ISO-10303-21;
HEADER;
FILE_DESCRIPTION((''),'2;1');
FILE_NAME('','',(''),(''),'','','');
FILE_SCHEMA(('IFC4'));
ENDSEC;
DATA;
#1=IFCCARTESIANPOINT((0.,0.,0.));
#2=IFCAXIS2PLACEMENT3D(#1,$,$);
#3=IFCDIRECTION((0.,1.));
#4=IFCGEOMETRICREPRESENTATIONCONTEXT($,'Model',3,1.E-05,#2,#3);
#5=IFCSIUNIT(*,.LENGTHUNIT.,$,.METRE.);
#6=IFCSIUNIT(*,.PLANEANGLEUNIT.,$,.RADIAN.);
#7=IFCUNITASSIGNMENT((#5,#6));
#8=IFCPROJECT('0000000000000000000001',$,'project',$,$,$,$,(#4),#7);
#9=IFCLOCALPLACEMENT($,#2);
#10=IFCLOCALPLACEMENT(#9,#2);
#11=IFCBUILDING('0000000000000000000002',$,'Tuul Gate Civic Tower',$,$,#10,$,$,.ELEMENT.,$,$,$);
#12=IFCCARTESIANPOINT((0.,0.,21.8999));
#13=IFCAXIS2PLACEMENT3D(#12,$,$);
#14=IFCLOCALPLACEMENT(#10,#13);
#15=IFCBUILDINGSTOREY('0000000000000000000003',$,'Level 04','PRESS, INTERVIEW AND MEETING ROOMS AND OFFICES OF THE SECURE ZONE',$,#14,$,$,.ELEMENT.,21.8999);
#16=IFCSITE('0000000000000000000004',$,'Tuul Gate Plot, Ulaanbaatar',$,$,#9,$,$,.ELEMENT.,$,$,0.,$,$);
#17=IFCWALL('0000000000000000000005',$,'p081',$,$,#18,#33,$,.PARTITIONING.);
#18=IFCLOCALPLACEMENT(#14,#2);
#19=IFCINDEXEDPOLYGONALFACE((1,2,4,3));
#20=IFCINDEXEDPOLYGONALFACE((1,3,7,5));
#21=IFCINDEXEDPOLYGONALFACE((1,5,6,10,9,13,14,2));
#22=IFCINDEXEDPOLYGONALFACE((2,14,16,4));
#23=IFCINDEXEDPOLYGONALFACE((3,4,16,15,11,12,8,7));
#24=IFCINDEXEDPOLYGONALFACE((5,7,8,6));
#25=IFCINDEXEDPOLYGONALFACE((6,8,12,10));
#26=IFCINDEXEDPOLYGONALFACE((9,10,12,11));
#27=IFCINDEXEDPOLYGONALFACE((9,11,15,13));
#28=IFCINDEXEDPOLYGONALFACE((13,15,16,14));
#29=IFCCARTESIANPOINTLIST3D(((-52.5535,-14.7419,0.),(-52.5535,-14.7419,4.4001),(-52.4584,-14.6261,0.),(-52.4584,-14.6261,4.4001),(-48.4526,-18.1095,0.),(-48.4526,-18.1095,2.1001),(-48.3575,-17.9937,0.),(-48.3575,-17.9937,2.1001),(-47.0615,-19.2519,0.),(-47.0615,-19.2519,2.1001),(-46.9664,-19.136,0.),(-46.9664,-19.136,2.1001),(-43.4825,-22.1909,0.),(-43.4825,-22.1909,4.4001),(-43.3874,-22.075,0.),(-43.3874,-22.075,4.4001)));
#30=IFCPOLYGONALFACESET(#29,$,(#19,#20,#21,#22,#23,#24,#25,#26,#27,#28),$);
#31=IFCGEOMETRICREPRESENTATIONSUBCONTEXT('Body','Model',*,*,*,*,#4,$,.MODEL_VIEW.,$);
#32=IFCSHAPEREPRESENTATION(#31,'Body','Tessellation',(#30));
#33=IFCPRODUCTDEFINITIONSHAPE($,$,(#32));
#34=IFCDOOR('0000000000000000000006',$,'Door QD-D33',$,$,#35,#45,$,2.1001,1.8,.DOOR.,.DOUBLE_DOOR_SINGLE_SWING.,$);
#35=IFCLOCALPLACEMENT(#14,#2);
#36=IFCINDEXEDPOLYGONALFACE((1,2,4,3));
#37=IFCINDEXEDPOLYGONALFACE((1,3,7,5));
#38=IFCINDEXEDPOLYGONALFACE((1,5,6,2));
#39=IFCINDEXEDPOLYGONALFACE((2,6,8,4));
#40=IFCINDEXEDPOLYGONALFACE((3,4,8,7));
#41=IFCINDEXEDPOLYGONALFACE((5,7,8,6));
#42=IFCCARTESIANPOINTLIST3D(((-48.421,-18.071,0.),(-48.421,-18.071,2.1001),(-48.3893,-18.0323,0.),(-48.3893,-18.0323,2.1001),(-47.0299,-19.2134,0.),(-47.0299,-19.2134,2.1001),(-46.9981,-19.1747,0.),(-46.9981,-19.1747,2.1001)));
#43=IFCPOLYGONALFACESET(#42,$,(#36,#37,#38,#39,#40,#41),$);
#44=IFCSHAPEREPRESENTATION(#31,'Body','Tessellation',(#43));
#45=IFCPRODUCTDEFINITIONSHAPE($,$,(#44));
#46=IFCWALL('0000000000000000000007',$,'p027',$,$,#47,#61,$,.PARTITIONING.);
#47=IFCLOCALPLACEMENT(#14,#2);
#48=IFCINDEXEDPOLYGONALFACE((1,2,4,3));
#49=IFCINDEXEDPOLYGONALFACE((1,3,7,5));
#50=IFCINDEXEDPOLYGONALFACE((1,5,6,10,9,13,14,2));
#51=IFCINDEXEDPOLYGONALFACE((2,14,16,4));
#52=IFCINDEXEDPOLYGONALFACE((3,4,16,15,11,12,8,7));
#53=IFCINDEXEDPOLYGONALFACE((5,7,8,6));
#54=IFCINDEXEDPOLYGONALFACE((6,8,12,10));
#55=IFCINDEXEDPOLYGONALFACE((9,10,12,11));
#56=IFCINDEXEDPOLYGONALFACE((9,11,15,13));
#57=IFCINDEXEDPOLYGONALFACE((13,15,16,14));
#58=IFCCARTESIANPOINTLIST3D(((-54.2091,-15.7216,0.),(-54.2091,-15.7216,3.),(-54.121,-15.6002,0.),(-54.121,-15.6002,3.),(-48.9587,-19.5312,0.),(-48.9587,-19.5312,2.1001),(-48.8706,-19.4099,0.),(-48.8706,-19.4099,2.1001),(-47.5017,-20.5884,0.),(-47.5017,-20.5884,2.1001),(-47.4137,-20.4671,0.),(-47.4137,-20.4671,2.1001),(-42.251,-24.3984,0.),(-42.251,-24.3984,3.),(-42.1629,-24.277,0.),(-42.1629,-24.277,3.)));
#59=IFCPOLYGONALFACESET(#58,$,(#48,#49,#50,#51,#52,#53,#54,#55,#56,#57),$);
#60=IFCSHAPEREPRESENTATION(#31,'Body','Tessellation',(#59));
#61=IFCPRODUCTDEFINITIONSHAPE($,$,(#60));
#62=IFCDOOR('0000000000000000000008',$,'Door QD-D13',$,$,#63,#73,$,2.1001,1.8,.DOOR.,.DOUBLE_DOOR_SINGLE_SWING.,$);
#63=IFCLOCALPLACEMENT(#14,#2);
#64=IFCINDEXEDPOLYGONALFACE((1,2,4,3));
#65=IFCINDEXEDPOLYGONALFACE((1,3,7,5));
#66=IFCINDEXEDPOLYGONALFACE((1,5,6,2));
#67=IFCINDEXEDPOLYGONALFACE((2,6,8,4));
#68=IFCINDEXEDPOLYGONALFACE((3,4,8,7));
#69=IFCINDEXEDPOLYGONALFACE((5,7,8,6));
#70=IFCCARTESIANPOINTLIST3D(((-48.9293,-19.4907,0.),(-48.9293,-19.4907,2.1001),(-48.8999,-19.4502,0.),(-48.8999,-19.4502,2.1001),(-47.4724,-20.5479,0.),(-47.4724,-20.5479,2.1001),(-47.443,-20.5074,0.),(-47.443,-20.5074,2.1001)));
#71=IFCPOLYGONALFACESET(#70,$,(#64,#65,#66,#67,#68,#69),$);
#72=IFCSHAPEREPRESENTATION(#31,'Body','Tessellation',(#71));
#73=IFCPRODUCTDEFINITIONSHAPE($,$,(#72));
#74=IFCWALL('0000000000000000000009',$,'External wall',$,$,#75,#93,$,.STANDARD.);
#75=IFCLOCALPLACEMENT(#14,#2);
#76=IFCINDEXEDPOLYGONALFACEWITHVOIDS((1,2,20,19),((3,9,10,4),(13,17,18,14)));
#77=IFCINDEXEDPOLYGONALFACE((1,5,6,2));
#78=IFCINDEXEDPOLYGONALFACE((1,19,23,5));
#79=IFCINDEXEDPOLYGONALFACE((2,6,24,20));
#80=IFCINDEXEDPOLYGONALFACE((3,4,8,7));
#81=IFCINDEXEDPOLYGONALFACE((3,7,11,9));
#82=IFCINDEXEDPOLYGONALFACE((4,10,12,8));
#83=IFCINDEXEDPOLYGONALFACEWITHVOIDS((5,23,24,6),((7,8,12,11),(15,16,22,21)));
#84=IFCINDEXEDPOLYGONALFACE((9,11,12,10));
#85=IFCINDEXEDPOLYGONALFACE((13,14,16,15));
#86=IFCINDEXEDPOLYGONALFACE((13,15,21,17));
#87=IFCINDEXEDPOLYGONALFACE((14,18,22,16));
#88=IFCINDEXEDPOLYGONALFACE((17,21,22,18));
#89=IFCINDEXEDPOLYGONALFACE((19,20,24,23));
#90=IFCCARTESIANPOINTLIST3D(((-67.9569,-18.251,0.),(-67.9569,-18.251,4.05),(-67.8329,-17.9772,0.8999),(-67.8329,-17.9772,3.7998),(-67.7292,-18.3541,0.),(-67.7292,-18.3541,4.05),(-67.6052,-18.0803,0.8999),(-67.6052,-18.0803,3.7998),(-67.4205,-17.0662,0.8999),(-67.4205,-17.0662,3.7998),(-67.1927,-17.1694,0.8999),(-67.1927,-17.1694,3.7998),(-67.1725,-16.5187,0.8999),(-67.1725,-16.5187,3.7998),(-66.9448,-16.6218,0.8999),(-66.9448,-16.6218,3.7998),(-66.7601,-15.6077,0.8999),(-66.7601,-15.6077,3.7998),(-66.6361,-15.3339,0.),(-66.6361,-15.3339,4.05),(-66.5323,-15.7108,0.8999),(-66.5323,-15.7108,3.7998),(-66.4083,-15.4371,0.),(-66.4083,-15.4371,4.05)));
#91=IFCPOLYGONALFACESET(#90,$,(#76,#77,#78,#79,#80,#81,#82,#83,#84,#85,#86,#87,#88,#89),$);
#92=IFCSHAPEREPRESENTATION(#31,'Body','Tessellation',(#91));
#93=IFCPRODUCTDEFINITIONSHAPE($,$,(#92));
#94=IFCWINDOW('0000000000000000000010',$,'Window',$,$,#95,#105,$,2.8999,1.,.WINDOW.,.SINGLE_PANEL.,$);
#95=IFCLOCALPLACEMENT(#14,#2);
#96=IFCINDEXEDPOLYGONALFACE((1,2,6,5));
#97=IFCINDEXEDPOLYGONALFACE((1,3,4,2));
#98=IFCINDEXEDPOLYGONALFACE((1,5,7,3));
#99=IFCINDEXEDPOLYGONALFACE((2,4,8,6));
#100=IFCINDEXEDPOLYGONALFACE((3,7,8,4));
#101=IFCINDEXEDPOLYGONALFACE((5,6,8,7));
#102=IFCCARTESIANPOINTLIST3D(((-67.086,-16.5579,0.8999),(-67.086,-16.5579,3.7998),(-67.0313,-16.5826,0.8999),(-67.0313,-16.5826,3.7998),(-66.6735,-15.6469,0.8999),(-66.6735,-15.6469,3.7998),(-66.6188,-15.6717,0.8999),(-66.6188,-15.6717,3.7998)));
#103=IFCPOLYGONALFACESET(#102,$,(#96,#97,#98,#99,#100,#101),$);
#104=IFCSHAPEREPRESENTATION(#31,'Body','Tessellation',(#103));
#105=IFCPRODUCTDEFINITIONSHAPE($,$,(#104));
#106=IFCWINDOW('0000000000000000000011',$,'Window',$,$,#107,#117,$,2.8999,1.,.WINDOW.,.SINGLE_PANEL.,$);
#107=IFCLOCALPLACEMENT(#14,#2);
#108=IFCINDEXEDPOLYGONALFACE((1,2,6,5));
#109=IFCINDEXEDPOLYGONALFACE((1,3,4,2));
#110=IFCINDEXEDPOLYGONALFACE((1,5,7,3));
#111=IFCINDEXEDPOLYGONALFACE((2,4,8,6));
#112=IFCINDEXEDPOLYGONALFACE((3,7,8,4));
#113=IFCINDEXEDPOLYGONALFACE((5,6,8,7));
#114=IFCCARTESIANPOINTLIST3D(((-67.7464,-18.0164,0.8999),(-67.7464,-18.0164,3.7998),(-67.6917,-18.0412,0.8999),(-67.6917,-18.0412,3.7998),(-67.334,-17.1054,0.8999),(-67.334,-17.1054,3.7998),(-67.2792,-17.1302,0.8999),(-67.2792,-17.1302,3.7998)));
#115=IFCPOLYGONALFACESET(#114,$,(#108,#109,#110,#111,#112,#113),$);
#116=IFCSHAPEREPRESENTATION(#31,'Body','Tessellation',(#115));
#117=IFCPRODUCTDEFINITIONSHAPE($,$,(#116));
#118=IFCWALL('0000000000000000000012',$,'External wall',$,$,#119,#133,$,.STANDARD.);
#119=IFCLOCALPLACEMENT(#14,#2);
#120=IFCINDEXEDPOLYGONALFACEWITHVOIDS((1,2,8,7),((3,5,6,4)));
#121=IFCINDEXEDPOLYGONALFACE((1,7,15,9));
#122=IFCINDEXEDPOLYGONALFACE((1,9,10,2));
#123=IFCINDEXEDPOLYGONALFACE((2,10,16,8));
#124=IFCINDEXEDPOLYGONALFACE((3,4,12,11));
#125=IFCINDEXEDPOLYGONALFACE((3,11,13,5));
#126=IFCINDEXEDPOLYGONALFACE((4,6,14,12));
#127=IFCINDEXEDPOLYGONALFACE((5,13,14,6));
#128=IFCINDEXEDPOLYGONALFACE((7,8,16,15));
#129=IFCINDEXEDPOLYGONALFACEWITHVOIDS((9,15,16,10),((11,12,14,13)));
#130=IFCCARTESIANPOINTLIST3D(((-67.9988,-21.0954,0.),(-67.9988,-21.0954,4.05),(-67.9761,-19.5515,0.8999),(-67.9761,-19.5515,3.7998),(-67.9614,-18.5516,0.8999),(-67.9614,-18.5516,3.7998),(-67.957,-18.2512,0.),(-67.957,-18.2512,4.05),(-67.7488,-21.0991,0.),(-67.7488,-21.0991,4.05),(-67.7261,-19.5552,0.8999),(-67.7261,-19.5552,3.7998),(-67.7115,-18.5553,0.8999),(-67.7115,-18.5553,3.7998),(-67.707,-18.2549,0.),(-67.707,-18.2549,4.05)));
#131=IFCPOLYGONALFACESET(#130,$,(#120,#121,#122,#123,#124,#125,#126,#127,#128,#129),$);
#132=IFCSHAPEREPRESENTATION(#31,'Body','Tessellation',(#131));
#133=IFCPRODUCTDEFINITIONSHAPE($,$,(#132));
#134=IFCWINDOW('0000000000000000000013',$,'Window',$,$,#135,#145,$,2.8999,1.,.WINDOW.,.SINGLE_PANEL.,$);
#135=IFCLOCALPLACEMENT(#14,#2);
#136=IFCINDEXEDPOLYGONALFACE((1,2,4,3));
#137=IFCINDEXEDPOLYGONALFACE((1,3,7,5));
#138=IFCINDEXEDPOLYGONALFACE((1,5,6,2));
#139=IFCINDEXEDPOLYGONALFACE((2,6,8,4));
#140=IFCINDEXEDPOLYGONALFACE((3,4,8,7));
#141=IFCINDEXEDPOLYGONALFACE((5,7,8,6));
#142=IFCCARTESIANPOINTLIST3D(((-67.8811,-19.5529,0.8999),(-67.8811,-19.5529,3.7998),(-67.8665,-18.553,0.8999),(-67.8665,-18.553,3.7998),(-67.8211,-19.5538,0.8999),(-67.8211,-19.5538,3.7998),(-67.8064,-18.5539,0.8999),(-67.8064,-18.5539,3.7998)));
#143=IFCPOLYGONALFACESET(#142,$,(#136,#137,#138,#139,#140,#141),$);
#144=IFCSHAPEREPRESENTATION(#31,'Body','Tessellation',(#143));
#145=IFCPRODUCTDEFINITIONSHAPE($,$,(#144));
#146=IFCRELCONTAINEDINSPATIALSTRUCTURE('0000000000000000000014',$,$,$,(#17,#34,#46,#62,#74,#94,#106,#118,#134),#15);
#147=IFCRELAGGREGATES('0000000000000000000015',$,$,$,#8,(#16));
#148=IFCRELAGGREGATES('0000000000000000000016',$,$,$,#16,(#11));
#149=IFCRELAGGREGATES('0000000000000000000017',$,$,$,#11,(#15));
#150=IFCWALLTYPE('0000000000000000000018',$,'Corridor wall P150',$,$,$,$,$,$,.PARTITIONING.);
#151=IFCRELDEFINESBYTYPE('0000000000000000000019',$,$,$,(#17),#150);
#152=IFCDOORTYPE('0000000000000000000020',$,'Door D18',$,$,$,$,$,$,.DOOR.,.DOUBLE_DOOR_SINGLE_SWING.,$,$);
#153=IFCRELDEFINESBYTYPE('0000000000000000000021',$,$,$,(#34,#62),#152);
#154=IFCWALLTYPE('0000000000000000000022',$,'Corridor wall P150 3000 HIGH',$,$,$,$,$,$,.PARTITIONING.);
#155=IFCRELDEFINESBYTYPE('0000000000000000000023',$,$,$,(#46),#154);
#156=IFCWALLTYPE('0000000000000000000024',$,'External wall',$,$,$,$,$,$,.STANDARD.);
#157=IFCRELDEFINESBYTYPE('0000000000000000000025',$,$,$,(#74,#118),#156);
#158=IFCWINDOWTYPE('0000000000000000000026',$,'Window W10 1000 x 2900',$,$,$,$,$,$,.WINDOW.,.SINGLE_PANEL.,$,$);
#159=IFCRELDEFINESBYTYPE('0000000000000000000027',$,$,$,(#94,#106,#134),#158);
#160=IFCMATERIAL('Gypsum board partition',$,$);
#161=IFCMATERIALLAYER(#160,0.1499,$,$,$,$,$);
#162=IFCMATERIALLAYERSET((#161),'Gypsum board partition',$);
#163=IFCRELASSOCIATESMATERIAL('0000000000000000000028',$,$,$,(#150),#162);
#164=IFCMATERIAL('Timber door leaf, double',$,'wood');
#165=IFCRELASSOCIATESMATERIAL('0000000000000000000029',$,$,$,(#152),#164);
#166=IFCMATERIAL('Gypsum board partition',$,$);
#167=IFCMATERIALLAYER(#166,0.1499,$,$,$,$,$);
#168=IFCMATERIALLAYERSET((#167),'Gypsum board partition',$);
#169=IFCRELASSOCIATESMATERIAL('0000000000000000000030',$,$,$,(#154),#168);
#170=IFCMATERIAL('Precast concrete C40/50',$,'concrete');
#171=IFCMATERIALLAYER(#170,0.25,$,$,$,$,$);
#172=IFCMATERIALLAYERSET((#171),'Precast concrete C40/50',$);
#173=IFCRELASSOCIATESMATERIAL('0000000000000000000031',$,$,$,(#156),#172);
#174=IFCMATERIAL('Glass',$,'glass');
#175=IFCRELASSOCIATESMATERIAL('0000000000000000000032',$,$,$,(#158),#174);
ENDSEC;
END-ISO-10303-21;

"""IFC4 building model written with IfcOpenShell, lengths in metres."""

from ifc_helpers import new_model, si_unit, direction, frame, frame_2d, origin, place, context, subcontext, project, spatial, rectangle, extrude, material, layer, layer_set, type_object, element, fill, save


model = new_model("IFC4")

# Units and contexts
model_context = context("Model", 3, precision=1e-05, world=origin(), true_north=direction((0.0, 1.0)))
body_context = subcontext(model_context, "Body", "Model", "MODEL_VIEW")
ifc_project = project(units=[si_unit("LENGTHUNIT", "METRE"), si_unit("PLANEANGLEUNIT", "RADIAN")], contexts=[model_context])

# Site, building, storey
site_placement = place(None, origin())
site = spatial("IfcSite", under=ifc_project, at=site_placement, Name="Tuul Gate Plot, Ulaanbaatar", CompositionType="ELEMENT", RefElevation=0.0)
building_placement = place(site_placement, origin())
building = spatial("IfcBuilding", under=site, at=building_placement, Name="Tuul Gate Civic Tower", CompositionType="ELEMENT")
storey_placement = place(building_placement, frame((0.0, 0.0, 21.8999)))
storey = spatial("IfcBuildingStorey", under=building, at=storey_placement, Name="Level 04", Description="PRESS, INTERVIEW AND MEETING ROOMS AND OFFICES OF THE SECURE ZONE", CompositionType="ELEMENT", Elevation=21.8999)

# Shared definitions
ifc_material_1 = material(Name="Gypsum board partition")
ifc_layer_1 = layer(ifc_material_1, 0.1499)
ifc_layer_set_1 = layer_set([ifc_layer_1], Name="Gypsum board partition")
wall_type_1 = type_object("IfcWallType", Name="Corridor wall P150", PredefinedType="PARTITIONING", material=ifc_layer_set_1)
ifc_material_2 = material(Name="Timber door leaf, double", Category="wood")
door_type_1 = type_object("IfcDoorType", Name="Door D18", OperationType="DOUBLE_DOOR_SINGLE_SWING", PredefinedType="DOOR", material=ifc_material_2)

# Walls, openings, doors
wall_1_placement = place(storey_placement, frame((-52.5059, -14.6841, 0.0), z_axis=(0.0, 0.0, 1.0), x_axis=(0.77282, -0.634625, 0.0)))
wall_1 = element("IfcWall", 1, at=wall_1_placement, inside=storey, type_object=wall_type_1, Name="p081", PredefinedType="PARTITIONING", context=body_context, shape_type="SweptSolid", body=[
    extrude(rectangle(XDim=11.7375, YDim=0.1499, at=frame_2d((5.8687, 0.0))), origin(), (0.0, 0.0, 1.0), 4.4001),
])
opening_1_placement = place(wall_1_placement, frame((5.3064, 0.0, 0.0)))
opening_1 = element("IfcOpeningElement", 2, at=opening_1_placement, cuts=wall_1, PredefinedType="OPENING", context=body_context, shape_type="SweptSolid", body=[
    extrude(rectangle(XDim=1.8, YDim=2.1001, at=frame_2d((0.8999, 1.05))), frame((0.0, 0.085, 0.0), z_axis=(0.0, -1.0, 0.0), x_axis=(1.0, 0.0, 0.0)), (0.0, 0.0, 1.0), 0.1699),
])
door_1_placement = place(opening_1_placement, origin())
door_1 = element("IfcDoor", 3, at=door_1_placement, inside=storey, type_object=door_type_1, Name="Door QD-D33", OperationType="DOUBLE_DOOR_SINGLE_SWING", OverallHeight=2.1001, OverallWidth=1.8, PredefinedType="DOOR", context=body_context, shape_type="SweptSolid", body=[
    extrude(rectangle(XDim=1.8, YDim=2.1001, at=frame_2d((0.8999, 1.05))), frame((0.0, 0.0249, 0.0), z_axis=(0.0, -1.0, 0.0), x_axis=(1.0, 0.0, 0.0)), (0.0, 0.0, 1.0), 0.05),
])
fill(opening_1, door_1)
ifc_material_3 = material(Name="Gypsum board partition")
ifc_layer_2 = layer(ifc_material_3, 0.1499)
ifc_layer_set_2 = layer_set([ifc_layer_2], Name="Gypsum board partition")
wall_type_2 = type_object("IfcWallType", Name="Corridor wall P150 3000 HIGH", PredefinedType="PARTITIONING", material=ifc_layer_set_2)
wall_2_placement = place(storey_placement, frame((-54.165, -15.6609, 0.0), z_axis=(0.0, 0.0, 1.0), x_axis=(0.809379, -0.587287, 0.0)))
wall_2 = element("IfcWall", 4, at=wall_2_placement, inside=storey, type_object=wall_type_2, Name="p027", PredefinedType="PARTITIONING", context=body_context, shape_type="SweptSolid", body=[
    extrude(rectangle(XDim=14.7744, YDim=0.1499, at=frame_2d((7.3872, 0.0))), origin(), (0.0, 0.0, 1.0), 3.0),
])
opening_2_placement = place(wall_2_placement, frame((6.4871, 0.0, 0.0)))
opening_2 = element("IfcOpeningElement", 5, at=opening_2_placement, cuts=wall_2, PredefinedType="OPENING", context=body_context, shape_type="SweptSolid", body=[
    extrude(rectangle(XDim=1.8, YDim=2.1001, at=frame_2d((0.8999, 1.05))), frame((0.0, 0.085, 0.0), z_axis=(0.0, -1.0, 0.0), x_axis=(1.0, 0.0, 0.0)), (0.0, 0.0, 1.0), 0.1699),
])
door_2_placement = place(opening_2_placement, frame((1.8, 0.0, 0.0), z_axis=(0.0, 0.0, 1.0), x_axis=(-1.0, 0.0, 0.0)))
door_2 = element("IfcDoor", 6, at=door_2_placement, inside=storey, type_object=door_type_1, Name="Door QD-D13", OperationType="DOUBLE_DOOR_SINGLE_SWING", OverallHeight=2.1001, OverallWidth=1.8, PredefinedType="DOOR", context=body_context, shape_type="SweptSolid", body=[
    extrude(rectangle(XDim=1.8, YDim=2.1001, at=frame_2d((0.9001, 1.05))), frame((0.0, 0.0249, 0.0), z_axis=(0.0, -1.0, 0.0), x_axis=(1.0, 0.0, 0.0)), (0.0, 0.0, 1.0), 0.05),
])
fill(opening_2, door_2)

# Wall, openings, windows
ifc_material_4 = material(Name="Precast concrete C40/50", Category="concrete")
ifc_layer_3 = layer(ifc_material_4, 0.25)
ifc_layer_set_3 = layer_set([ifc_layer_3], Name="Precast concrete C40/50")
wall_type_3 = type_object("IfcWallType", Name="External wall", PredefinedType="STANDARD", material=ifc_layer_set_3)
wall_3_placement = place(storey_placement, frame((-66.5222, -15.3855, 0.0), z_axis=(0.0, 0.0, 1.0), x_axis=(-0.412481, -0.910966, 0.0)))
wall_3 = element("IfcWall", 7, at=wall_3_placement, inside=storey, type_object=wall_type_3, Name="External wall", PredefinedType="STANDARD", context=body_context, shape_type="SweptSolid", body=[
    extrude(rectangle(XDim=3.2021, YDim=0.25, at=frame_2d((1.6011, 0.0))), origin(), (0.0, 0.0, 1.0), 4.05),
])
opening_3_placement = place(wall_3_placement, frame((0.3005, 0.0, 0.8999)))
opening_3 = element("IfcOpeningElement", 8, at=opening_3_placement, cuts=wall_3, PredefinedType="OPENING", context=body_context, shape_type="SweptSolid", body=[
    extrude(rectangle(XDim=1.0, YDim=2.8999, at=frame_2d((0.5, 1.45))), frame((0.0, 0.135, 0.0), z_axis=(0.0, -1.0, 0.0), x_axis=(1.0, 0.0, 0.0)), (0.0, 0.0, 1.0), 0.27),
])
opening_4_placement = place(wall_3_placement, frame((1.9016, 0.0, 0.8999)))
opening_4 = element("IfcOpeningElement", 9, at=opening_4_placement, cuts=wall_3, PredefinedType="OPENING", context=body_context, shape_type="SweptSolid", body=[
    extrude(rectangle(XDim=1.0, YDim=2.8999, at=frame_2d((0.5, 1.45))), frame((0.0, 0.135, 0.0), z_axis=(0.0, -1.0, 0.0), x_axis=(1.0, 0.0, 0.0)), (0.0, 0.0, 1.0), 0.27),
])
ifc_material_5 = material(Name="Glass", Category="glass")
window_type_1 = type_object("IfcWindowType", Name="Window W10 1000 x 2900", PartitioningType="SINGLE_PANEL", PredefinedType="WINDOW", material=ifc_material_5)
window_1_placement = place(opening_3_placement, origin())
window_1 = element("IfcWindow", 10, at=window_1_placement, inside=storey, type_object=window_type_1, Name="Window", OverallHeight=2.8999, OverallWidth=1.0, PartitioningType="SINGLE_PANEL", PredefinedType="WINDOW", context=body_context, shape_type="SweptSolid", body=[
    extrude(rectangle(XDim=1.0, YDim=2.8999, at=frame_2d((0.5, 1.45))), frame((0.0, 0.03, 0.0), z_axis=(0.0, -1.0, 0.0), x_axis=(1.0, 0.0, 0.0)), (0.0, 0.0, 1.0), 0.0601),
])
fill(opening_3, window_1)
window_2_placement = place(opening_4_placement, origin())
window_2 = element("IfcWindow", 11, at=window_2_placement, inside=storey, type_object=window_type_1, Name="Window", OverallHeight=2.8999, OverallWidth=1.0, PartitioningType="SINGLE_PANEL", PredefinedType="WINDOW", context=body_context, shape_type="SweptSolid", body=[
    extrude(rectangle(XDim=1.0, YDim=2.8999, at=frame_2d((0.5, 1.45))), frame((0.0, 0.03, 0.0), z_axis=(0.0, -1.0, 0.0), x_axis=(1.0, 0.0, 0.0)), (0.0, 0.0, 1.0), 0.0601),
])
fill(opening_4, window_2)

# Wall, opening, window
wall_4_placement = place(storey_placement, frame((-67.832, -18.2529, 0.0), z_axis=(0.0, 0.0, 1.0), x_axis=(-0.014677, -0.999892, 0.0)))
wall_4 = element("IfcWall", 12, at=wall_4_placement, inside=storey, type_object=wall_type_3, Name="External wall", PredefinedType="STANDARD", context=body_context, shape_type="SweptSolid", body=[
    extrude(rectangle(XDim=2.8445, YDim=0.25, at=frame_2d((1.4224, 0.0))), origin(), (0.0, 0.0, 1.0), 4.05),
])
opening_5_placement = place(wall_4_placement, frame((0.3005, 0.0, 0.8999)))
opening_5 = element("IfcOpeningElement", 13, at=opening_5_placement, cuts=wall_4, PredefinedType="OPENING", context=body_context, shape_type="SweptSolid", body=[
    extrude(rectangle(XDim=1.0, YDim=2.8999, at=frame_2d((0.5, 1.45))), frame((0.0, 0.135, 0.0), z_axis=(0.0, -1.0, 0.0), x_axis=(1.0, 0.0, 0.0)), (0.0, 0.0, 1.0), 0.27),
])
window_3_placement = place(opening_5_placement, origin())
window_3 = element("IfcWindow", 14, at=window_3_placement, inside=storey, type_object=window_type_1, Name="Window", OverallHeight=2.8999, OverallWidth=1.0, PartitioningType="SINGLE_PANEL", PredefinedType="WINDOW", context=body_context, shape_type="SweptSolid", body=[
    extrude(rectangle(XDim=1.0, YDim=2.8999, at=frame_2d((0.5, 1.45))), frame((0.0, 0.03, 0.0), z_axis=(0.0, -1.0, 0.0), x_axis=(1.0, 0.0, 0.0)), (0.0, 0.0, 1.0), 0.0601),
])
fill(opening_5, window_3)

save(model, "model.ifc")
